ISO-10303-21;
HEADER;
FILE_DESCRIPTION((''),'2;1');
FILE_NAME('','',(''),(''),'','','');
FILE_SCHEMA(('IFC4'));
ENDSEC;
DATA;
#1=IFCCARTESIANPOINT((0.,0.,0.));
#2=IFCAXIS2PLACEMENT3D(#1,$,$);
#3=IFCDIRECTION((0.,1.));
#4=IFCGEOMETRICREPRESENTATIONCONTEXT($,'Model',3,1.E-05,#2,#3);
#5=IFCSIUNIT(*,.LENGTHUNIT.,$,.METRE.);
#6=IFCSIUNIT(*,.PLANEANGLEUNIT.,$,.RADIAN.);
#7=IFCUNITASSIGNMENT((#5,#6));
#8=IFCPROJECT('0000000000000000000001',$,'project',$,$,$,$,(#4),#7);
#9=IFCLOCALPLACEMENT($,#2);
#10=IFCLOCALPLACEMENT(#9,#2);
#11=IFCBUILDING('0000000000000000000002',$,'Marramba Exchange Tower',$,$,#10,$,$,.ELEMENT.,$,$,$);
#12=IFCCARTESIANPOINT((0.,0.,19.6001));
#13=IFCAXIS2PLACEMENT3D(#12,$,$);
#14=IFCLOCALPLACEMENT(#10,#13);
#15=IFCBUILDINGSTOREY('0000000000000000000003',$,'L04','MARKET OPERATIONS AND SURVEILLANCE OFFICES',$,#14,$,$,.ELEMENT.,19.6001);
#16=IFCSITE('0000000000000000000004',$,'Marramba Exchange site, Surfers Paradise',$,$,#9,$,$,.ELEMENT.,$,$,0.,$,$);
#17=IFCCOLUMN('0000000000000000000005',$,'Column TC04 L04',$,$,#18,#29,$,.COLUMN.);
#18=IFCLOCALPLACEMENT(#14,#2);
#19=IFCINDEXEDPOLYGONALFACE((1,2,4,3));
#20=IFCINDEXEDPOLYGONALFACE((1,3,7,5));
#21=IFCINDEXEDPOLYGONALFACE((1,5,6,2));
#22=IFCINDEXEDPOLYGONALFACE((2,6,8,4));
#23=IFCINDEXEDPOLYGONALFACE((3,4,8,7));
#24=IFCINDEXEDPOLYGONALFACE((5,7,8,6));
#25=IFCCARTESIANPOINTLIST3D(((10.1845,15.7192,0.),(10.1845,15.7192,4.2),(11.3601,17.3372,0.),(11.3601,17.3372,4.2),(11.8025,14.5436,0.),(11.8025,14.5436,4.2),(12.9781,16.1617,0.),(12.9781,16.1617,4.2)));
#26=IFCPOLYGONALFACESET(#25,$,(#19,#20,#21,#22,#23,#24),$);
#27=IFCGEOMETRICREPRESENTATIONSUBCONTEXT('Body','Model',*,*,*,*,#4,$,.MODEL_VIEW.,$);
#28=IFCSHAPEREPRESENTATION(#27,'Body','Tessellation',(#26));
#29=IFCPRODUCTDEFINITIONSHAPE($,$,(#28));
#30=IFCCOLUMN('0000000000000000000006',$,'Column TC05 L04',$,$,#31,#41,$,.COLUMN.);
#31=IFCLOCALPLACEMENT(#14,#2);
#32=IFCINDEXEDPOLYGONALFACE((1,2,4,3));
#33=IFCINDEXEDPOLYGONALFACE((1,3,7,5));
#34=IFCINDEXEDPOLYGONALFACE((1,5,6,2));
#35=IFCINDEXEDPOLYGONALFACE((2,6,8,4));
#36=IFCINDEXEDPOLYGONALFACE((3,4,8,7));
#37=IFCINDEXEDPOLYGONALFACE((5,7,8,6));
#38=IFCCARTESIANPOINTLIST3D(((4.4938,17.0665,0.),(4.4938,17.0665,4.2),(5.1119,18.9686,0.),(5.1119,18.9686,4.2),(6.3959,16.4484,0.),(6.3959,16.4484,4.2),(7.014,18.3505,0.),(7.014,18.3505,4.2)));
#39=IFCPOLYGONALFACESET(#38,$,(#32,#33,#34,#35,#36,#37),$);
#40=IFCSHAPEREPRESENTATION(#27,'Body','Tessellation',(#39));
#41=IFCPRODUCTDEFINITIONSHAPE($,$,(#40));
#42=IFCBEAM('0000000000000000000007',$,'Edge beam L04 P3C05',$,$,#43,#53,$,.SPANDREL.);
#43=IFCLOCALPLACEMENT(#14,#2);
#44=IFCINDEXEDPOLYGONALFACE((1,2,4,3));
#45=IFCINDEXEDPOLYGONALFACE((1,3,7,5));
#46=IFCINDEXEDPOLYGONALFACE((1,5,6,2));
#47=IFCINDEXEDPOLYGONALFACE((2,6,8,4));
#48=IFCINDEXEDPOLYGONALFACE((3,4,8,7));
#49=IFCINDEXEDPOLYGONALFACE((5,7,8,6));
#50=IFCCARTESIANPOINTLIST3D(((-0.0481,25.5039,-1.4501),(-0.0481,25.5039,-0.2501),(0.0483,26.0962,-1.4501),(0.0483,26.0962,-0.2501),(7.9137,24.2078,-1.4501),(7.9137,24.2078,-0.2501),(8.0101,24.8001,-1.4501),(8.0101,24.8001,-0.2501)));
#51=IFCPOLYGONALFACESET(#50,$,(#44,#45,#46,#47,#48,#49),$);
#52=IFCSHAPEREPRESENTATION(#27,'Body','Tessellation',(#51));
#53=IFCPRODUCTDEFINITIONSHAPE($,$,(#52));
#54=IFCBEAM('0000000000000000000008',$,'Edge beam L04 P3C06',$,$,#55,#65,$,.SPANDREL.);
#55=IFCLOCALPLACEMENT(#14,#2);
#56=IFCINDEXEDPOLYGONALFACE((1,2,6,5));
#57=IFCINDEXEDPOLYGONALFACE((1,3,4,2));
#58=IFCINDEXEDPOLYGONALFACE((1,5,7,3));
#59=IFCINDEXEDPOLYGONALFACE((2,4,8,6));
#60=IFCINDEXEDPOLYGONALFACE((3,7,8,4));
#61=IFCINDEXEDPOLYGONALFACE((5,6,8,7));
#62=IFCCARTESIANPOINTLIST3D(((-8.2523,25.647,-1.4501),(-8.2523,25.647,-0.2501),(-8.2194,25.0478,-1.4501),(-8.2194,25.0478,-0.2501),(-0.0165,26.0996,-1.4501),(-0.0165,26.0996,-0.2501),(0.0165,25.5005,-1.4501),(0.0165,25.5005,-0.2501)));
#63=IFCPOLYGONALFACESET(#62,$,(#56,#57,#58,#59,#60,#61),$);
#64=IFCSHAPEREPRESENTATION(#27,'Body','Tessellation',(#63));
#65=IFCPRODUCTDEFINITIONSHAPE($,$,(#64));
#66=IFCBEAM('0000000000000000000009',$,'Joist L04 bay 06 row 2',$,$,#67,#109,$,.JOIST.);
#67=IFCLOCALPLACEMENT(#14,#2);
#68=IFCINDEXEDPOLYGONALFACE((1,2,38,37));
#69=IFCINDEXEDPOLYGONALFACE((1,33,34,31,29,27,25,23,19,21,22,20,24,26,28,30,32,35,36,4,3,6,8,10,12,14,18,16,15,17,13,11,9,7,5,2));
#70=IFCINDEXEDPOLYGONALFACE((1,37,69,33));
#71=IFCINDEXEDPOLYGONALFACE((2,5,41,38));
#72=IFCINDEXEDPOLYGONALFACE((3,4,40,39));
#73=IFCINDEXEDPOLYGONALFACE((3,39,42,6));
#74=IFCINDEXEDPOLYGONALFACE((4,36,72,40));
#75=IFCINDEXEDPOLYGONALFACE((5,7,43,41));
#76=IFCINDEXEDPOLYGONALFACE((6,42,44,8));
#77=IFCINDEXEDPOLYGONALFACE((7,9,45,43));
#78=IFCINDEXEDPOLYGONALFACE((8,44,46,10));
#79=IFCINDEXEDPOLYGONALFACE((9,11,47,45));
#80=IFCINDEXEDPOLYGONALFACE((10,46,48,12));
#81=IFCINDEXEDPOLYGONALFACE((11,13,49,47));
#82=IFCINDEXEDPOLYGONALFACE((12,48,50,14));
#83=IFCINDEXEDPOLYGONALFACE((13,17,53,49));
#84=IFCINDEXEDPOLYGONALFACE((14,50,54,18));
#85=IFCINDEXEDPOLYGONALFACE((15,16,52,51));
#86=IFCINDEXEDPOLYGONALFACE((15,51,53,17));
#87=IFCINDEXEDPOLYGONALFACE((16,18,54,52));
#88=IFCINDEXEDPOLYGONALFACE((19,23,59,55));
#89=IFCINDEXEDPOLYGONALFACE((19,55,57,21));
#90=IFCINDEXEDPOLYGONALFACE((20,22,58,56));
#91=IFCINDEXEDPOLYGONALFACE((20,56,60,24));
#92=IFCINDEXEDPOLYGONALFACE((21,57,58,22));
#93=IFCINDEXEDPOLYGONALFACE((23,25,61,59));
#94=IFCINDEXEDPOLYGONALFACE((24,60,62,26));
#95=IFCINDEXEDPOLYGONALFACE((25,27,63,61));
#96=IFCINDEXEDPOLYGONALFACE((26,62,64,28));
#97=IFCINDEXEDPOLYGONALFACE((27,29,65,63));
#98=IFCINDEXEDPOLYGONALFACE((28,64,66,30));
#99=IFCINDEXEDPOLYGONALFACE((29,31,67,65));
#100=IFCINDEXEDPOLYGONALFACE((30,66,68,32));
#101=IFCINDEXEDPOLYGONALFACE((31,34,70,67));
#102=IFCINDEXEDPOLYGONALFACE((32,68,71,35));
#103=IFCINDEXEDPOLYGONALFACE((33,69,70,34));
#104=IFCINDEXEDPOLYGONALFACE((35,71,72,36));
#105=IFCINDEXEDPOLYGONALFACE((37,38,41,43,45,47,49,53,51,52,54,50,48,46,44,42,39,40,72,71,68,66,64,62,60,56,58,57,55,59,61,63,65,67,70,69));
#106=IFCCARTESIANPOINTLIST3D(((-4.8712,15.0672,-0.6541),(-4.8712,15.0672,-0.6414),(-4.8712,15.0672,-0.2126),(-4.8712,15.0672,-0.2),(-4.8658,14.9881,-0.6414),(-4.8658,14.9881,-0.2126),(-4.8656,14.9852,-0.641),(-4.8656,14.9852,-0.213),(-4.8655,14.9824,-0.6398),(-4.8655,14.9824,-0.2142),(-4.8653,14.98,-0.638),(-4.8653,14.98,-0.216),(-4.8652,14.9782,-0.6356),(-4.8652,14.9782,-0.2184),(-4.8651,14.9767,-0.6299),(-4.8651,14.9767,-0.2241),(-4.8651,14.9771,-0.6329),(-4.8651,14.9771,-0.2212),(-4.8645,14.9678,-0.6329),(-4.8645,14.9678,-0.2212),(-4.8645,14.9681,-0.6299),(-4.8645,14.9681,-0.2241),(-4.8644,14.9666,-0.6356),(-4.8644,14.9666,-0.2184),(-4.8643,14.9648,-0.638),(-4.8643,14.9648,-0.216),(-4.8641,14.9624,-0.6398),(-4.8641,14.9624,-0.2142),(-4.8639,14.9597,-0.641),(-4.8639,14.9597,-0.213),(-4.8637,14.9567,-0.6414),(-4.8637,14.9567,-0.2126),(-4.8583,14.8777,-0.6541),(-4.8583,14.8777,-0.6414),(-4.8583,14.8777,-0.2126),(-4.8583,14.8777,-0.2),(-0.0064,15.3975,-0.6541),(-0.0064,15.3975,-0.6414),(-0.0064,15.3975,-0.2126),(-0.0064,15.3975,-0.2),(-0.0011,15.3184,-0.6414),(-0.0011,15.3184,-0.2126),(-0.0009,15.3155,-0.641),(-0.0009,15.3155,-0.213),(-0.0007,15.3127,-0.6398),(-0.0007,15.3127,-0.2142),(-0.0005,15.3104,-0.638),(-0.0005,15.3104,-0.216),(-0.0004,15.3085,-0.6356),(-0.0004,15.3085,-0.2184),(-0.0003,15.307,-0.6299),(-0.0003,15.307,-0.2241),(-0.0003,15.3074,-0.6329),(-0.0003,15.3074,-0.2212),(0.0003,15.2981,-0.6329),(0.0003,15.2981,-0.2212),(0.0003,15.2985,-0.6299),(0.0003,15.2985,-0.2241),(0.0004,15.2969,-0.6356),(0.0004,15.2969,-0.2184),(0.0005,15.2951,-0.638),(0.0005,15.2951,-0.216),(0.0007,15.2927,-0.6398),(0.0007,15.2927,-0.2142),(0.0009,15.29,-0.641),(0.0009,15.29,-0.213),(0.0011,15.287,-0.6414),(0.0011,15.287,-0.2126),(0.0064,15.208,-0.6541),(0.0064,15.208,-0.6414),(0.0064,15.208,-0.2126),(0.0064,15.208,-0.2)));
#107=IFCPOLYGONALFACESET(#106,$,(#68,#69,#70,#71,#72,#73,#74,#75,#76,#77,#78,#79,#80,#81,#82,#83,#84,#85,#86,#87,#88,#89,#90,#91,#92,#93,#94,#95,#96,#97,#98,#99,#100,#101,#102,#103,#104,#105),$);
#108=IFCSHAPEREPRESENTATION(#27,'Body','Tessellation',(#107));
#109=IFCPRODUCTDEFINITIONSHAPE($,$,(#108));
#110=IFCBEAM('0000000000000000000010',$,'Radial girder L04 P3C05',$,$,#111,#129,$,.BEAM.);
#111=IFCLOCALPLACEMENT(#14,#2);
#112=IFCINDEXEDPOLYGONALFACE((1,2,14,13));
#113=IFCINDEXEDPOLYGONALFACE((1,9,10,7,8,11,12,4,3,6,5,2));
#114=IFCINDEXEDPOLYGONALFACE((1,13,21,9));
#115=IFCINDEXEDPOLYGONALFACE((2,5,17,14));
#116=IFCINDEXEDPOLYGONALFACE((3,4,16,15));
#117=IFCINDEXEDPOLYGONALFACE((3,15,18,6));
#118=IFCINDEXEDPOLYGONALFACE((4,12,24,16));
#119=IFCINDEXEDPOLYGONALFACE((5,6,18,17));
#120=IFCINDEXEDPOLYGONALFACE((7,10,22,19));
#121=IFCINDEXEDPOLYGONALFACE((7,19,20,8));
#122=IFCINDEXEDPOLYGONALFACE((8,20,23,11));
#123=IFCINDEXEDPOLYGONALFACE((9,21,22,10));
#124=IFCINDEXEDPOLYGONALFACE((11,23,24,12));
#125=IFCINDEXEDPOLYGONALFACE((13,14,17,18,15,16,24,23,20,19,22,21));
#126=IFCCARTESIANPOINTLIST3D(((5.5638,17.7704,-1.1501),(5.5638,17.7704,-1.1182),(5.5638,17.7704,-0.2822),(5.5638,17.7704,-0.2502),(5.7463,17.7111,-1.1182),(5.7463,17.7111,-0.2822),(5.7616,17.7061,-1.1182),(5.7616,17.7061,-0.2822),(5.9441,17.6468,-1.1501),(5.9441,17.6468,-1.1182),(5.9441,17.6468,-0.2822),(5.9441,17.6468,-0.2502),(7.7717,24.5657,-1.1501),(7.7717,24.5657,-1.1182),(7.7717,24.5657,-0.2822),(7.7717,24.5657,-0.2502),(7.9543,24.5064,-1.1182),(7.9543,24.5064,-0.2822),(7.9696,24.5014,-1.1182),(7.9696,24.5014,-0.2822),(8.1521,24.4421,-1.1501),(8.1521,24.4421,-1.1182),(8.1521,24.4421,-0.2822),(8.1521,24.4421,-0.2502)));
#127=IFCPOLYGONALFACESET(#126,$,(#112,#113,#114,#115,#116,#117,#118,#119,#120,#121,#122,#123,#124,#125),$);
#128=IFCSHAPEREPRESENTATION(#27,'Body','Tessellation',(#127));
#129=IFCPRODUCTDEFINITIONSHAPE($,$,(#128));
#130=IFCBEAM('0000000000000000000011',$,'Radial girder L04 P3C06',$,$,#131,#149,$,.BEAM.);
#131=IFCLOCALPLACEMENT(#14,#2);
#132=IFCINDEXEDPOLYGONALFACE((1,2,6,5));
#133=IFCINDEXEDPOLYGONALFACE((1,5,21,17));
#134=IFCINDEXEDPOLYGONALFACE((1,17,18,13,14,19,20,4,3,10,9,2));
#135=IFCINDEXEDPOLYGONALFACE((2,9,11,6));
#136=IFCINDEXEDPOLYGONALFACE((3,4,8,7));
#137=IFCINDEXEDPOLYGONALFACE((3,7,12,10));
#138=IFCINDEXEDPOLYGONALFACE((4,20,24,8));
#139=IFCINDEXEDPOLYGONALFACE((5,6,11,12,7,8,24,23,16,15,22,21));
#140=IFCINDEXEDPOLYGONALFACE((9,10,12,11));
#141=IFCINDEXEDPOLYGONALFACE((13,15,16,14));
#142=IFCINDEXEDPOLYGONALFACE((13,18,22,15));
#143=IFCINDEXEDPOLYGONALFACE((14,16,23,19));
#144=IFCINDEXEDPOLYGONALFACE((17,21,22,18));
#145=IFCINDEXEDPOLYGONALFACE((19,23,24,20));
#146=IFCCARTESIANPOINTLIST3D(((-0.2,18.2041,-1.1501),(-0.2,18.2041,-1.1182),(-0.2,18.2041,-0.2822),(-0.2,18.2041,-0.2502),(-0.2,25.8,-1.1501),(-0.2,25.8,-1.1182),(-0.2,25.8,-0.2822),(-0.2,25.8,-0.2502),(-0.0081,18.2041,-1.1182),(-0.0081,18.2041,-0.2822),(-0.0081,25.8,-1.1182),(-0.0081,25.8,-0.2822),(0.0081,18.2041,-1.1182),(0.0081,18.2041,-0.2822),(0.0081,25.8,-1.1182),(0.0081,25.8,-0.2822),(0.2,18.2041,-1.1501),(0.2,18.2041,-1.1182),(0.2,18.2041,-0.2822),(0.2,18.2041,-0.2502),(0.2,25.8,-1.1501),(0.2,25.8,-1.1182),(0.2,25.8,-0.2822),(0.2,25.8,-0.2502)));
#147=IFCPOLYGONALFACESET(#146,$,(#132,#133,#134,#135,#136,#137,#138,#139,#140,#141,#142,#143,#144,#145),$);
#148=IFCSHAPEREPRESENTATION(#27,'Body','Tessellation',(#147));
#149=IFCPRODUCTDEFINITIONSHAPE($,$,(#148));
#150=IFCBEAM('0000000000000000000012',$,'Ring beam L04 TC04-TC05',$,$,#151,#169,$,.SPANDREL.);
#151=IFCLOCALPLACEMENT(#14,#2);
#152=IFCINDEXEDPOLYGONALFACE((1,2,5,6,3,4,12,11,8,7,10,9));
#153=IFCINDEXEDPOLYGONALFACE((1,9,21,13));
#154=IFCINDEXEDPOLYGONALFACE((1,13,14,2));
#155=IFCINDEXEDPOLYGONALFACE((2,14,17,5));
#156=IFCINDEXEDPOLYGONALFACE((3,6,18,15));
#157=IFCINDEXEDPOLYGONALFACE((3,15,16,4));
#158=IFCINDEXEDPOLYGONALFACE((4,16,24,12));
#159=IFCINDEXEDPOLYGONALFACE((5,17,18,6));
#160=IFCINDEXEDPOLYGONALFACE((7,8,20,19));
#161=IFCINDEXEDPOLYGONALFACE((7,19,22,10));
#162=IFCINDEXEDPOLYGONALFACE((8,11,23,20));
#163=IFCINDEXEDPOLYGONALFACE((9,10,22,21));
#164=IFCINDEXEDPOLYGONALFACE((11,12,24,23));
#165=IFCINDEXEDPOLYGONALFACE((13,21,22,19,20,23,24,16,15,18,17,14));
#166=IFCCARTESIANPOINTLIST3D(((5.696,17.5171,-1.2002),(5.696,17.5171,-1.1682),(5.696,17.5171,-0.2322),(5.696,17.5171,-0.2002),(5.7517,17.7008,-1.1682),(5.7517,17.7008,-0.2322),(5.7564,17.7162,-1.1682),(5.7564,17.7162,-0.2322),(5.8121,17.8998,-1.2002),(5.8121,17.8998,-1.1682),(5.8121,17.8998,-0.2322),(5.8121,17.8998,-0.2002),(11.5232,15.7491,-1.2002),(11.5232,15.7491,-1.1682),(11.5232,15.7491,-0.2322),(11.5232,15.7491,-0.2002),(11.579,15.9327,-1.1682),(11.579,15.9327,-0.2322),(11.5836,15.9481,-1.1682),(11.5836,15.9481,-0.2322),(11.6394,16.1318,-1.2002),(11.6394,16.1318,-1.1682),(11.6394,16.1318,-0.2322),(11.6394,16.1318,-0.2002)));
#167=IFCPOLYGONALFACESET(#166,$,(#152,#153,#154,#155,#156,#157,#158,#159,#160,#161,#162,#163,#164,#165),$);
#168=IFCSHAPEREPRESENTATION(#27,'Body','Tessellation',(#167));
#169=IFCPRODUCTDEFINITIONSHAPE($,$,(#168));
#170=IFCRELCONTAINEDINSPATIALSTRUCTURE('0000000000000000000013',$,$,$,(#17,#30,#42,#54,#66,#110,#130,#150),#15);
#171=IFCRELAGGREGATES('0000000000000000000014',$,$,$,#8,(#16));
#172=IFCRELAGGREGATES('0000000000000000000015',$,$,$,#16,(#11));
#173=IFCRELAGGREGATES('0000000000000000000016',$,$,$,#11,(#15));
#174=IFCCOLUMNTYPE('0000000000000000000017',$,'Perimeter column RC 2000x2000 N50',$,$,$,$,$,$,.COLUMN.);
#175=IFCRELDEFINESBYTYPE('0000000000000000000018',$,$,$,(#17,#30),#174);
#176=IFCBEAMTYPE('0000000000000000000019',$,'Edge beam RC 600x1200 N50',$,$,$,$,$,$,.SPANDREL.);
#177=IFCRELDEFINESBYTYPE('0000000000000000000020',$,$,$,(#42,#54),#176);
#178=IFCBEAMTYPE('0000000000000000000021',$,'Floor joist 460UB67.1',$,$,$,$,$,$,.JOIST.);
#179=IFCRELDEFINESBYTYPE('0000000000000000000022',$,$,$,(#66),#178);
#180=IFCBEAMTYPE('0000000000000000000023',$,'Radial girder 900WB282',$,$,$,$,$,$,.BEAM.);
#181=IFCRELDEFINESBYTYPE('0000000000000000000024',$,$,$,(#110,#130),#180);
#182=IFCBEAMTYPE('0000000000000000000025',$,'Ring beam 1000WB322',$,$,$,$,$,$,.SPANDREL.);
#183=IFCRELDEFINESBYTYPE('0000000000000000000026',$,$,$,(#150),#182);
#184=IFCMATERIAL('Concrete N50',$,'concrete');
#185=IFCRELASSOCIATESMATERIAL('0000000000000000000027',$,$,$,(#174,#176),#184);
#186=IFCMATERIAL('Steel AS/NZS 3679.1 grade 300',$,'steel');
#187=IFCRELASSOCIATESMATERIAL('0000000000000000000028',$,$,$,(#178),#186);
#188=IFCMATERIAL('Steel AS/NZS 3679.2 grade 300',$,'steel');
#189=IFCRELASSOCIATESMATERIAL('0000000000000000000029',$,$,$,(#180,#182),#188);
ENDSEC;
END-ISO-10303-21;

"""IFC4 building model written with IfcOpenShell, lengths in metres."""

from ifc_helpers import new_model, si_unit, direction, frame, origin, origin_2d, place, context, subcontext, project, spatial, rectangle, i_section, extrude, material, material_profile, profile_set, type_object, element, save


model = new_model("IFC4")

# Units and contexts
model_context = context("Model", 3, precision=1e-05, world=origin(), true_north=direction((0.0, 1.0)))
body_context = subcontext(model_context, "Body", "Model", "MODEL_VIEW")
ifc_project = project(units=[si_unit("LENGTHUNIT", "METRE"), si_unit("PLANEANGLEUNIT", "RADIAN")], contexts=[model_context])

# Site, building, storey
site_placement = place(None, origin())
site = spatial("IfcSite", under=ifc_project, at=site_placement, Name="Marramba Exchange site, Surfers Paradise", CompositionType="ELEMENT", RefElevation=0.0)
building_placement = place(site_placement, origin())
building = spatial("IfcBuilding", under=site, at=building_placement, Name="Marramba Exchange Tower", CompositionType="ELEMENT")
storey_placement = place(building_placement, frame((0.0, 0.0, 19.6001)))
storey = spatial("IfcBuildingStorey", under=building, at=storey_placement, Name="L04", Description="MARKET OPERATIONS AND SURVEILLANCE OFFICES", CompositionType="ELEMENT", Elevation=19.6001)

# Columns
ifc_material_1 = material(Name="Concrete N50", Category="concrete")
ifc_material_profile_1 = material_profile(ifc_material_1, rectangle(XDim=2.0, YDim=2.0, at=origin_2d()), Name="RC 2000x2000")
ifc_profile_set_1 = profile_set([ifc_material_profile_1], Name="Concrete N50")
column_type = type_object("IfcColumnType", Name="Perimeter column RC 2000x2000 N50", PredefinedType="COLUMN", material=ifc_profile_set_1)
for number, where, z_axis, x_axis, name in (
    (1, (11.5813, 15.9404, 0.0), (0.0, 0.0, 1.0), (0.587785, 0.809017, 0.0), "Column TC04 L04"),
    (2, (5.7539, 17.7085, 0.0), (0.0, 0.0, 1.0), (0.309017, 0.951057, 0.0), "Column TC05 L04"),
):
    element("IfcColumn", number, at=place(storey_placement, frame(where, z_axis=z_axis, x_axis=x_axis)), inside=storey, type_object=column_type, Name=name, PredefinedType="COLUMN", context=body_context, shape_type="SweptSolid", body=[
        extrude(rectangle(XDim=2.0, YDim=2.0, at=origin_2d()), origin(), (0.0, 0.0, 1.0), 4.2),
    ])

# Beams
ifc_material_profile_2 = material_profile(ifc_material_1, rectangle(XDim=0.6001, YDim=1.2, at=origin_2d()), Name="RC 600x1200")
ifc_profile_set_2 = profile_set([ifc_material_profile_2], Name="Concrete N50")
beam_type_1 = type_object("IfcBeamType", Name="Edge beam RC 600x1200 N50", PredefinedType="SPANDREL", material=ifc_profile_set_2)
beam_1_placement = place(storey_placement, frame((7.9619, 24.5039, -0.8501), z_axis=(-0.987007, 0.160678, 0.0), x_axis=(-0.160678, -0.987007, 0.0)))
element("IfcBeam", 3, at=beam_1_placement, inside=storey, type_object=beam_type_1, Name="Edge beam L04 P3C05", PredefinedType="SPANDREL", context=body_context, shape_type="SweptSolid", body=[
    extrude(rectangle(XDim=0.6001, YDim=1.2, at=origin_2d()), origin(), (0.0, 0.0, 1.0), 8.0667),
])
beam_2_placement = place(storey_placement, frame((0.0, 25.8, -0.8501), z_axis=(-0.998493, -0.054877, 0.0), x_axis=(0.054877, -0.998493, 0.0)))
element("IfcBeam", 4, at=beam_2_placement, inside=storey, type_object=beam_type_1, Name="Edge beam L04 P3C06", PredefinedType="SPANDREL", context=body_context, shape_type="SweptSolid", body=[
    extrude(rectangle(XDim=0.6001, YDim=1.2, at=origin_2d()), origin(), (0.0, 0.0, 1.0), 8.2483),
])
ifc_material_2 = material(Name="Steel AS/NZS 3679.1 grade 300", Category="steel")
ifc_material_profile_3 = material_profile(ifc_material_2, i_section(OverallWidth=0.1899, OverallDepth=0.4541, WebThickness=0.0085, FlangeThickness=0.0127, FilletRadius=0.0115, at=origin_2d()), Name="460UB67.1")
ifc_profile_set_3 = profile_set([ifc_material_profile_3], Name="Steel AS/NZS 3679.1 grade 300")
beam_type_2 = type_object("IfcBeamType", Name="Floor joist 460UB67.1", PredefinedType="JOIST", material=ifc_profile_set_3)
beam_3_placement = place(storey_placement, frame((0.0, 15.3027, -0.427), z_axis=(-0.997703, -0.067745, 0.0), x_axis=(0.067745, -0.997703, 0.0)))
element("IfcBeam", 5, at=beam_3_placement, inside=storey, type_object=beam_type_2, Name="Joist L04 bay 06 row 2", PredefinedType="JOIST", context=body_context, shape_type="SweptSolid", body=[
    extrude(i_section(OverallWidth=0.1899, OverallDepth=0.4541, WebThickness=0.0085, FlangeThickness=0.0127, FilletRadius=0.0115, at=origin_2d()), origin(), (0.0, 0.0, 1.0), 4.876),
])
ifc_material_3 = material(Name="Steel AS/NZS 3679.2 grade 300", Category="steel")
ifc_material_profile_4 = material_profile(ifc_material_3, i_section(OverallWidth=0.3999, OverallDepth=0.8999, WebThickness=0.0161, FlangeThickness=0.032, at=origin_2d()), Name="900WB282")
ifc_profile_set_4 = profile_set([ifc_material_profile_4], Name="Steel AS/NZS 3679.2 grade 300")
beam_type_3 = type_object("IfcBeamType", Name="Radial girder 900WB282", PredefinedType="BEAM", material=ifc_profile_set_4)
beam_4_placement = place(storey_placement, frame((7.9619, 24.5039, -0.7002), z_axis=(-0.309023, -0.951055, 0.0), x_axis=(0.951055, -0.309023, 0.0)))
element("IfcBeam", 6, at=beam_4_placement, inside=storey, type_object=beam_type_3, Name="Radial girder L04 P3C05", PredefinedType="BEAM", context=body_context, shape_type="SweptSolid", body=[
    extrude(i_section(OverallWidth=0.3999, OverallDepth=0.8999, WebThickness=0.0161, FlangeThickness=0.032, at=origin_2d()), origin(), (0.0, 0.0, 1.0), 7.145),
])
beam_5_placement = place(storey_placement, frame((0.0, 25.8, -0.7002), z_axis=(0.0, -1.0, 0.0), x_axis=(1.0, 0.0, 0.0)))
element("IfcBeam", 7, at=beam_5_placement, inside=storey, type_object=beam_type_3, Name="Radial girder L04 P3C06", PredefinedType="BEAM", context=body_context, shape_type="SweptSolid", body=[
    extrude(i_section(OverallWidth=0.3999, OverallDepth=0.8999, WebThickness=0.0161, FlangeThickness=0.032, at=origin_2d()), origin(), (0.0, 0.0, 1.0), 7.5959),
])
ifc_material_profile_5 = material_profile(ifc_material_3, i_section(OverallWidth=0.3999, OverallDepth=1.0, WebThickness=0.0161, FlangeThickness=0.032, at=origin_2d()), Name="1000WB322")
ifc_profile_set_5 = profile_set([ifc_material_profile_5], Name="Steel AS/NZS 3679.2 grade 300")
beam_type_4 = type_object("IfcBeamType", Name="Ring beam 1000WB322", PredefinedType="SPANDREL", material=ifc_profile_set_5)
beam_6_placement = place(storey_placement, frame((11.5813, 15.9404, -0.7002), z_axis=(-0.956925, 0.290337, 0.0), x_axis=(-0.290337, -0.956925, 0.0)))
element("IfcBeam", 8, at=beam_6_placement, inside=storey, type_object=beam_type_4, Name="Ring beam L04 TC04-TC05", PredefinedType="SPANDREL", context=body_context, shape_type="SweptSolid", body=[
    extrude(i_section(OverallWidth=0.3999, OverallDepth=1.0, WebThickness=0.0161, FlangeThickness=0.032, at=origin_2d()), origin(), (0.0, 0.0, 1.0), 6.0896),
])

save(model, "model.ifc")
